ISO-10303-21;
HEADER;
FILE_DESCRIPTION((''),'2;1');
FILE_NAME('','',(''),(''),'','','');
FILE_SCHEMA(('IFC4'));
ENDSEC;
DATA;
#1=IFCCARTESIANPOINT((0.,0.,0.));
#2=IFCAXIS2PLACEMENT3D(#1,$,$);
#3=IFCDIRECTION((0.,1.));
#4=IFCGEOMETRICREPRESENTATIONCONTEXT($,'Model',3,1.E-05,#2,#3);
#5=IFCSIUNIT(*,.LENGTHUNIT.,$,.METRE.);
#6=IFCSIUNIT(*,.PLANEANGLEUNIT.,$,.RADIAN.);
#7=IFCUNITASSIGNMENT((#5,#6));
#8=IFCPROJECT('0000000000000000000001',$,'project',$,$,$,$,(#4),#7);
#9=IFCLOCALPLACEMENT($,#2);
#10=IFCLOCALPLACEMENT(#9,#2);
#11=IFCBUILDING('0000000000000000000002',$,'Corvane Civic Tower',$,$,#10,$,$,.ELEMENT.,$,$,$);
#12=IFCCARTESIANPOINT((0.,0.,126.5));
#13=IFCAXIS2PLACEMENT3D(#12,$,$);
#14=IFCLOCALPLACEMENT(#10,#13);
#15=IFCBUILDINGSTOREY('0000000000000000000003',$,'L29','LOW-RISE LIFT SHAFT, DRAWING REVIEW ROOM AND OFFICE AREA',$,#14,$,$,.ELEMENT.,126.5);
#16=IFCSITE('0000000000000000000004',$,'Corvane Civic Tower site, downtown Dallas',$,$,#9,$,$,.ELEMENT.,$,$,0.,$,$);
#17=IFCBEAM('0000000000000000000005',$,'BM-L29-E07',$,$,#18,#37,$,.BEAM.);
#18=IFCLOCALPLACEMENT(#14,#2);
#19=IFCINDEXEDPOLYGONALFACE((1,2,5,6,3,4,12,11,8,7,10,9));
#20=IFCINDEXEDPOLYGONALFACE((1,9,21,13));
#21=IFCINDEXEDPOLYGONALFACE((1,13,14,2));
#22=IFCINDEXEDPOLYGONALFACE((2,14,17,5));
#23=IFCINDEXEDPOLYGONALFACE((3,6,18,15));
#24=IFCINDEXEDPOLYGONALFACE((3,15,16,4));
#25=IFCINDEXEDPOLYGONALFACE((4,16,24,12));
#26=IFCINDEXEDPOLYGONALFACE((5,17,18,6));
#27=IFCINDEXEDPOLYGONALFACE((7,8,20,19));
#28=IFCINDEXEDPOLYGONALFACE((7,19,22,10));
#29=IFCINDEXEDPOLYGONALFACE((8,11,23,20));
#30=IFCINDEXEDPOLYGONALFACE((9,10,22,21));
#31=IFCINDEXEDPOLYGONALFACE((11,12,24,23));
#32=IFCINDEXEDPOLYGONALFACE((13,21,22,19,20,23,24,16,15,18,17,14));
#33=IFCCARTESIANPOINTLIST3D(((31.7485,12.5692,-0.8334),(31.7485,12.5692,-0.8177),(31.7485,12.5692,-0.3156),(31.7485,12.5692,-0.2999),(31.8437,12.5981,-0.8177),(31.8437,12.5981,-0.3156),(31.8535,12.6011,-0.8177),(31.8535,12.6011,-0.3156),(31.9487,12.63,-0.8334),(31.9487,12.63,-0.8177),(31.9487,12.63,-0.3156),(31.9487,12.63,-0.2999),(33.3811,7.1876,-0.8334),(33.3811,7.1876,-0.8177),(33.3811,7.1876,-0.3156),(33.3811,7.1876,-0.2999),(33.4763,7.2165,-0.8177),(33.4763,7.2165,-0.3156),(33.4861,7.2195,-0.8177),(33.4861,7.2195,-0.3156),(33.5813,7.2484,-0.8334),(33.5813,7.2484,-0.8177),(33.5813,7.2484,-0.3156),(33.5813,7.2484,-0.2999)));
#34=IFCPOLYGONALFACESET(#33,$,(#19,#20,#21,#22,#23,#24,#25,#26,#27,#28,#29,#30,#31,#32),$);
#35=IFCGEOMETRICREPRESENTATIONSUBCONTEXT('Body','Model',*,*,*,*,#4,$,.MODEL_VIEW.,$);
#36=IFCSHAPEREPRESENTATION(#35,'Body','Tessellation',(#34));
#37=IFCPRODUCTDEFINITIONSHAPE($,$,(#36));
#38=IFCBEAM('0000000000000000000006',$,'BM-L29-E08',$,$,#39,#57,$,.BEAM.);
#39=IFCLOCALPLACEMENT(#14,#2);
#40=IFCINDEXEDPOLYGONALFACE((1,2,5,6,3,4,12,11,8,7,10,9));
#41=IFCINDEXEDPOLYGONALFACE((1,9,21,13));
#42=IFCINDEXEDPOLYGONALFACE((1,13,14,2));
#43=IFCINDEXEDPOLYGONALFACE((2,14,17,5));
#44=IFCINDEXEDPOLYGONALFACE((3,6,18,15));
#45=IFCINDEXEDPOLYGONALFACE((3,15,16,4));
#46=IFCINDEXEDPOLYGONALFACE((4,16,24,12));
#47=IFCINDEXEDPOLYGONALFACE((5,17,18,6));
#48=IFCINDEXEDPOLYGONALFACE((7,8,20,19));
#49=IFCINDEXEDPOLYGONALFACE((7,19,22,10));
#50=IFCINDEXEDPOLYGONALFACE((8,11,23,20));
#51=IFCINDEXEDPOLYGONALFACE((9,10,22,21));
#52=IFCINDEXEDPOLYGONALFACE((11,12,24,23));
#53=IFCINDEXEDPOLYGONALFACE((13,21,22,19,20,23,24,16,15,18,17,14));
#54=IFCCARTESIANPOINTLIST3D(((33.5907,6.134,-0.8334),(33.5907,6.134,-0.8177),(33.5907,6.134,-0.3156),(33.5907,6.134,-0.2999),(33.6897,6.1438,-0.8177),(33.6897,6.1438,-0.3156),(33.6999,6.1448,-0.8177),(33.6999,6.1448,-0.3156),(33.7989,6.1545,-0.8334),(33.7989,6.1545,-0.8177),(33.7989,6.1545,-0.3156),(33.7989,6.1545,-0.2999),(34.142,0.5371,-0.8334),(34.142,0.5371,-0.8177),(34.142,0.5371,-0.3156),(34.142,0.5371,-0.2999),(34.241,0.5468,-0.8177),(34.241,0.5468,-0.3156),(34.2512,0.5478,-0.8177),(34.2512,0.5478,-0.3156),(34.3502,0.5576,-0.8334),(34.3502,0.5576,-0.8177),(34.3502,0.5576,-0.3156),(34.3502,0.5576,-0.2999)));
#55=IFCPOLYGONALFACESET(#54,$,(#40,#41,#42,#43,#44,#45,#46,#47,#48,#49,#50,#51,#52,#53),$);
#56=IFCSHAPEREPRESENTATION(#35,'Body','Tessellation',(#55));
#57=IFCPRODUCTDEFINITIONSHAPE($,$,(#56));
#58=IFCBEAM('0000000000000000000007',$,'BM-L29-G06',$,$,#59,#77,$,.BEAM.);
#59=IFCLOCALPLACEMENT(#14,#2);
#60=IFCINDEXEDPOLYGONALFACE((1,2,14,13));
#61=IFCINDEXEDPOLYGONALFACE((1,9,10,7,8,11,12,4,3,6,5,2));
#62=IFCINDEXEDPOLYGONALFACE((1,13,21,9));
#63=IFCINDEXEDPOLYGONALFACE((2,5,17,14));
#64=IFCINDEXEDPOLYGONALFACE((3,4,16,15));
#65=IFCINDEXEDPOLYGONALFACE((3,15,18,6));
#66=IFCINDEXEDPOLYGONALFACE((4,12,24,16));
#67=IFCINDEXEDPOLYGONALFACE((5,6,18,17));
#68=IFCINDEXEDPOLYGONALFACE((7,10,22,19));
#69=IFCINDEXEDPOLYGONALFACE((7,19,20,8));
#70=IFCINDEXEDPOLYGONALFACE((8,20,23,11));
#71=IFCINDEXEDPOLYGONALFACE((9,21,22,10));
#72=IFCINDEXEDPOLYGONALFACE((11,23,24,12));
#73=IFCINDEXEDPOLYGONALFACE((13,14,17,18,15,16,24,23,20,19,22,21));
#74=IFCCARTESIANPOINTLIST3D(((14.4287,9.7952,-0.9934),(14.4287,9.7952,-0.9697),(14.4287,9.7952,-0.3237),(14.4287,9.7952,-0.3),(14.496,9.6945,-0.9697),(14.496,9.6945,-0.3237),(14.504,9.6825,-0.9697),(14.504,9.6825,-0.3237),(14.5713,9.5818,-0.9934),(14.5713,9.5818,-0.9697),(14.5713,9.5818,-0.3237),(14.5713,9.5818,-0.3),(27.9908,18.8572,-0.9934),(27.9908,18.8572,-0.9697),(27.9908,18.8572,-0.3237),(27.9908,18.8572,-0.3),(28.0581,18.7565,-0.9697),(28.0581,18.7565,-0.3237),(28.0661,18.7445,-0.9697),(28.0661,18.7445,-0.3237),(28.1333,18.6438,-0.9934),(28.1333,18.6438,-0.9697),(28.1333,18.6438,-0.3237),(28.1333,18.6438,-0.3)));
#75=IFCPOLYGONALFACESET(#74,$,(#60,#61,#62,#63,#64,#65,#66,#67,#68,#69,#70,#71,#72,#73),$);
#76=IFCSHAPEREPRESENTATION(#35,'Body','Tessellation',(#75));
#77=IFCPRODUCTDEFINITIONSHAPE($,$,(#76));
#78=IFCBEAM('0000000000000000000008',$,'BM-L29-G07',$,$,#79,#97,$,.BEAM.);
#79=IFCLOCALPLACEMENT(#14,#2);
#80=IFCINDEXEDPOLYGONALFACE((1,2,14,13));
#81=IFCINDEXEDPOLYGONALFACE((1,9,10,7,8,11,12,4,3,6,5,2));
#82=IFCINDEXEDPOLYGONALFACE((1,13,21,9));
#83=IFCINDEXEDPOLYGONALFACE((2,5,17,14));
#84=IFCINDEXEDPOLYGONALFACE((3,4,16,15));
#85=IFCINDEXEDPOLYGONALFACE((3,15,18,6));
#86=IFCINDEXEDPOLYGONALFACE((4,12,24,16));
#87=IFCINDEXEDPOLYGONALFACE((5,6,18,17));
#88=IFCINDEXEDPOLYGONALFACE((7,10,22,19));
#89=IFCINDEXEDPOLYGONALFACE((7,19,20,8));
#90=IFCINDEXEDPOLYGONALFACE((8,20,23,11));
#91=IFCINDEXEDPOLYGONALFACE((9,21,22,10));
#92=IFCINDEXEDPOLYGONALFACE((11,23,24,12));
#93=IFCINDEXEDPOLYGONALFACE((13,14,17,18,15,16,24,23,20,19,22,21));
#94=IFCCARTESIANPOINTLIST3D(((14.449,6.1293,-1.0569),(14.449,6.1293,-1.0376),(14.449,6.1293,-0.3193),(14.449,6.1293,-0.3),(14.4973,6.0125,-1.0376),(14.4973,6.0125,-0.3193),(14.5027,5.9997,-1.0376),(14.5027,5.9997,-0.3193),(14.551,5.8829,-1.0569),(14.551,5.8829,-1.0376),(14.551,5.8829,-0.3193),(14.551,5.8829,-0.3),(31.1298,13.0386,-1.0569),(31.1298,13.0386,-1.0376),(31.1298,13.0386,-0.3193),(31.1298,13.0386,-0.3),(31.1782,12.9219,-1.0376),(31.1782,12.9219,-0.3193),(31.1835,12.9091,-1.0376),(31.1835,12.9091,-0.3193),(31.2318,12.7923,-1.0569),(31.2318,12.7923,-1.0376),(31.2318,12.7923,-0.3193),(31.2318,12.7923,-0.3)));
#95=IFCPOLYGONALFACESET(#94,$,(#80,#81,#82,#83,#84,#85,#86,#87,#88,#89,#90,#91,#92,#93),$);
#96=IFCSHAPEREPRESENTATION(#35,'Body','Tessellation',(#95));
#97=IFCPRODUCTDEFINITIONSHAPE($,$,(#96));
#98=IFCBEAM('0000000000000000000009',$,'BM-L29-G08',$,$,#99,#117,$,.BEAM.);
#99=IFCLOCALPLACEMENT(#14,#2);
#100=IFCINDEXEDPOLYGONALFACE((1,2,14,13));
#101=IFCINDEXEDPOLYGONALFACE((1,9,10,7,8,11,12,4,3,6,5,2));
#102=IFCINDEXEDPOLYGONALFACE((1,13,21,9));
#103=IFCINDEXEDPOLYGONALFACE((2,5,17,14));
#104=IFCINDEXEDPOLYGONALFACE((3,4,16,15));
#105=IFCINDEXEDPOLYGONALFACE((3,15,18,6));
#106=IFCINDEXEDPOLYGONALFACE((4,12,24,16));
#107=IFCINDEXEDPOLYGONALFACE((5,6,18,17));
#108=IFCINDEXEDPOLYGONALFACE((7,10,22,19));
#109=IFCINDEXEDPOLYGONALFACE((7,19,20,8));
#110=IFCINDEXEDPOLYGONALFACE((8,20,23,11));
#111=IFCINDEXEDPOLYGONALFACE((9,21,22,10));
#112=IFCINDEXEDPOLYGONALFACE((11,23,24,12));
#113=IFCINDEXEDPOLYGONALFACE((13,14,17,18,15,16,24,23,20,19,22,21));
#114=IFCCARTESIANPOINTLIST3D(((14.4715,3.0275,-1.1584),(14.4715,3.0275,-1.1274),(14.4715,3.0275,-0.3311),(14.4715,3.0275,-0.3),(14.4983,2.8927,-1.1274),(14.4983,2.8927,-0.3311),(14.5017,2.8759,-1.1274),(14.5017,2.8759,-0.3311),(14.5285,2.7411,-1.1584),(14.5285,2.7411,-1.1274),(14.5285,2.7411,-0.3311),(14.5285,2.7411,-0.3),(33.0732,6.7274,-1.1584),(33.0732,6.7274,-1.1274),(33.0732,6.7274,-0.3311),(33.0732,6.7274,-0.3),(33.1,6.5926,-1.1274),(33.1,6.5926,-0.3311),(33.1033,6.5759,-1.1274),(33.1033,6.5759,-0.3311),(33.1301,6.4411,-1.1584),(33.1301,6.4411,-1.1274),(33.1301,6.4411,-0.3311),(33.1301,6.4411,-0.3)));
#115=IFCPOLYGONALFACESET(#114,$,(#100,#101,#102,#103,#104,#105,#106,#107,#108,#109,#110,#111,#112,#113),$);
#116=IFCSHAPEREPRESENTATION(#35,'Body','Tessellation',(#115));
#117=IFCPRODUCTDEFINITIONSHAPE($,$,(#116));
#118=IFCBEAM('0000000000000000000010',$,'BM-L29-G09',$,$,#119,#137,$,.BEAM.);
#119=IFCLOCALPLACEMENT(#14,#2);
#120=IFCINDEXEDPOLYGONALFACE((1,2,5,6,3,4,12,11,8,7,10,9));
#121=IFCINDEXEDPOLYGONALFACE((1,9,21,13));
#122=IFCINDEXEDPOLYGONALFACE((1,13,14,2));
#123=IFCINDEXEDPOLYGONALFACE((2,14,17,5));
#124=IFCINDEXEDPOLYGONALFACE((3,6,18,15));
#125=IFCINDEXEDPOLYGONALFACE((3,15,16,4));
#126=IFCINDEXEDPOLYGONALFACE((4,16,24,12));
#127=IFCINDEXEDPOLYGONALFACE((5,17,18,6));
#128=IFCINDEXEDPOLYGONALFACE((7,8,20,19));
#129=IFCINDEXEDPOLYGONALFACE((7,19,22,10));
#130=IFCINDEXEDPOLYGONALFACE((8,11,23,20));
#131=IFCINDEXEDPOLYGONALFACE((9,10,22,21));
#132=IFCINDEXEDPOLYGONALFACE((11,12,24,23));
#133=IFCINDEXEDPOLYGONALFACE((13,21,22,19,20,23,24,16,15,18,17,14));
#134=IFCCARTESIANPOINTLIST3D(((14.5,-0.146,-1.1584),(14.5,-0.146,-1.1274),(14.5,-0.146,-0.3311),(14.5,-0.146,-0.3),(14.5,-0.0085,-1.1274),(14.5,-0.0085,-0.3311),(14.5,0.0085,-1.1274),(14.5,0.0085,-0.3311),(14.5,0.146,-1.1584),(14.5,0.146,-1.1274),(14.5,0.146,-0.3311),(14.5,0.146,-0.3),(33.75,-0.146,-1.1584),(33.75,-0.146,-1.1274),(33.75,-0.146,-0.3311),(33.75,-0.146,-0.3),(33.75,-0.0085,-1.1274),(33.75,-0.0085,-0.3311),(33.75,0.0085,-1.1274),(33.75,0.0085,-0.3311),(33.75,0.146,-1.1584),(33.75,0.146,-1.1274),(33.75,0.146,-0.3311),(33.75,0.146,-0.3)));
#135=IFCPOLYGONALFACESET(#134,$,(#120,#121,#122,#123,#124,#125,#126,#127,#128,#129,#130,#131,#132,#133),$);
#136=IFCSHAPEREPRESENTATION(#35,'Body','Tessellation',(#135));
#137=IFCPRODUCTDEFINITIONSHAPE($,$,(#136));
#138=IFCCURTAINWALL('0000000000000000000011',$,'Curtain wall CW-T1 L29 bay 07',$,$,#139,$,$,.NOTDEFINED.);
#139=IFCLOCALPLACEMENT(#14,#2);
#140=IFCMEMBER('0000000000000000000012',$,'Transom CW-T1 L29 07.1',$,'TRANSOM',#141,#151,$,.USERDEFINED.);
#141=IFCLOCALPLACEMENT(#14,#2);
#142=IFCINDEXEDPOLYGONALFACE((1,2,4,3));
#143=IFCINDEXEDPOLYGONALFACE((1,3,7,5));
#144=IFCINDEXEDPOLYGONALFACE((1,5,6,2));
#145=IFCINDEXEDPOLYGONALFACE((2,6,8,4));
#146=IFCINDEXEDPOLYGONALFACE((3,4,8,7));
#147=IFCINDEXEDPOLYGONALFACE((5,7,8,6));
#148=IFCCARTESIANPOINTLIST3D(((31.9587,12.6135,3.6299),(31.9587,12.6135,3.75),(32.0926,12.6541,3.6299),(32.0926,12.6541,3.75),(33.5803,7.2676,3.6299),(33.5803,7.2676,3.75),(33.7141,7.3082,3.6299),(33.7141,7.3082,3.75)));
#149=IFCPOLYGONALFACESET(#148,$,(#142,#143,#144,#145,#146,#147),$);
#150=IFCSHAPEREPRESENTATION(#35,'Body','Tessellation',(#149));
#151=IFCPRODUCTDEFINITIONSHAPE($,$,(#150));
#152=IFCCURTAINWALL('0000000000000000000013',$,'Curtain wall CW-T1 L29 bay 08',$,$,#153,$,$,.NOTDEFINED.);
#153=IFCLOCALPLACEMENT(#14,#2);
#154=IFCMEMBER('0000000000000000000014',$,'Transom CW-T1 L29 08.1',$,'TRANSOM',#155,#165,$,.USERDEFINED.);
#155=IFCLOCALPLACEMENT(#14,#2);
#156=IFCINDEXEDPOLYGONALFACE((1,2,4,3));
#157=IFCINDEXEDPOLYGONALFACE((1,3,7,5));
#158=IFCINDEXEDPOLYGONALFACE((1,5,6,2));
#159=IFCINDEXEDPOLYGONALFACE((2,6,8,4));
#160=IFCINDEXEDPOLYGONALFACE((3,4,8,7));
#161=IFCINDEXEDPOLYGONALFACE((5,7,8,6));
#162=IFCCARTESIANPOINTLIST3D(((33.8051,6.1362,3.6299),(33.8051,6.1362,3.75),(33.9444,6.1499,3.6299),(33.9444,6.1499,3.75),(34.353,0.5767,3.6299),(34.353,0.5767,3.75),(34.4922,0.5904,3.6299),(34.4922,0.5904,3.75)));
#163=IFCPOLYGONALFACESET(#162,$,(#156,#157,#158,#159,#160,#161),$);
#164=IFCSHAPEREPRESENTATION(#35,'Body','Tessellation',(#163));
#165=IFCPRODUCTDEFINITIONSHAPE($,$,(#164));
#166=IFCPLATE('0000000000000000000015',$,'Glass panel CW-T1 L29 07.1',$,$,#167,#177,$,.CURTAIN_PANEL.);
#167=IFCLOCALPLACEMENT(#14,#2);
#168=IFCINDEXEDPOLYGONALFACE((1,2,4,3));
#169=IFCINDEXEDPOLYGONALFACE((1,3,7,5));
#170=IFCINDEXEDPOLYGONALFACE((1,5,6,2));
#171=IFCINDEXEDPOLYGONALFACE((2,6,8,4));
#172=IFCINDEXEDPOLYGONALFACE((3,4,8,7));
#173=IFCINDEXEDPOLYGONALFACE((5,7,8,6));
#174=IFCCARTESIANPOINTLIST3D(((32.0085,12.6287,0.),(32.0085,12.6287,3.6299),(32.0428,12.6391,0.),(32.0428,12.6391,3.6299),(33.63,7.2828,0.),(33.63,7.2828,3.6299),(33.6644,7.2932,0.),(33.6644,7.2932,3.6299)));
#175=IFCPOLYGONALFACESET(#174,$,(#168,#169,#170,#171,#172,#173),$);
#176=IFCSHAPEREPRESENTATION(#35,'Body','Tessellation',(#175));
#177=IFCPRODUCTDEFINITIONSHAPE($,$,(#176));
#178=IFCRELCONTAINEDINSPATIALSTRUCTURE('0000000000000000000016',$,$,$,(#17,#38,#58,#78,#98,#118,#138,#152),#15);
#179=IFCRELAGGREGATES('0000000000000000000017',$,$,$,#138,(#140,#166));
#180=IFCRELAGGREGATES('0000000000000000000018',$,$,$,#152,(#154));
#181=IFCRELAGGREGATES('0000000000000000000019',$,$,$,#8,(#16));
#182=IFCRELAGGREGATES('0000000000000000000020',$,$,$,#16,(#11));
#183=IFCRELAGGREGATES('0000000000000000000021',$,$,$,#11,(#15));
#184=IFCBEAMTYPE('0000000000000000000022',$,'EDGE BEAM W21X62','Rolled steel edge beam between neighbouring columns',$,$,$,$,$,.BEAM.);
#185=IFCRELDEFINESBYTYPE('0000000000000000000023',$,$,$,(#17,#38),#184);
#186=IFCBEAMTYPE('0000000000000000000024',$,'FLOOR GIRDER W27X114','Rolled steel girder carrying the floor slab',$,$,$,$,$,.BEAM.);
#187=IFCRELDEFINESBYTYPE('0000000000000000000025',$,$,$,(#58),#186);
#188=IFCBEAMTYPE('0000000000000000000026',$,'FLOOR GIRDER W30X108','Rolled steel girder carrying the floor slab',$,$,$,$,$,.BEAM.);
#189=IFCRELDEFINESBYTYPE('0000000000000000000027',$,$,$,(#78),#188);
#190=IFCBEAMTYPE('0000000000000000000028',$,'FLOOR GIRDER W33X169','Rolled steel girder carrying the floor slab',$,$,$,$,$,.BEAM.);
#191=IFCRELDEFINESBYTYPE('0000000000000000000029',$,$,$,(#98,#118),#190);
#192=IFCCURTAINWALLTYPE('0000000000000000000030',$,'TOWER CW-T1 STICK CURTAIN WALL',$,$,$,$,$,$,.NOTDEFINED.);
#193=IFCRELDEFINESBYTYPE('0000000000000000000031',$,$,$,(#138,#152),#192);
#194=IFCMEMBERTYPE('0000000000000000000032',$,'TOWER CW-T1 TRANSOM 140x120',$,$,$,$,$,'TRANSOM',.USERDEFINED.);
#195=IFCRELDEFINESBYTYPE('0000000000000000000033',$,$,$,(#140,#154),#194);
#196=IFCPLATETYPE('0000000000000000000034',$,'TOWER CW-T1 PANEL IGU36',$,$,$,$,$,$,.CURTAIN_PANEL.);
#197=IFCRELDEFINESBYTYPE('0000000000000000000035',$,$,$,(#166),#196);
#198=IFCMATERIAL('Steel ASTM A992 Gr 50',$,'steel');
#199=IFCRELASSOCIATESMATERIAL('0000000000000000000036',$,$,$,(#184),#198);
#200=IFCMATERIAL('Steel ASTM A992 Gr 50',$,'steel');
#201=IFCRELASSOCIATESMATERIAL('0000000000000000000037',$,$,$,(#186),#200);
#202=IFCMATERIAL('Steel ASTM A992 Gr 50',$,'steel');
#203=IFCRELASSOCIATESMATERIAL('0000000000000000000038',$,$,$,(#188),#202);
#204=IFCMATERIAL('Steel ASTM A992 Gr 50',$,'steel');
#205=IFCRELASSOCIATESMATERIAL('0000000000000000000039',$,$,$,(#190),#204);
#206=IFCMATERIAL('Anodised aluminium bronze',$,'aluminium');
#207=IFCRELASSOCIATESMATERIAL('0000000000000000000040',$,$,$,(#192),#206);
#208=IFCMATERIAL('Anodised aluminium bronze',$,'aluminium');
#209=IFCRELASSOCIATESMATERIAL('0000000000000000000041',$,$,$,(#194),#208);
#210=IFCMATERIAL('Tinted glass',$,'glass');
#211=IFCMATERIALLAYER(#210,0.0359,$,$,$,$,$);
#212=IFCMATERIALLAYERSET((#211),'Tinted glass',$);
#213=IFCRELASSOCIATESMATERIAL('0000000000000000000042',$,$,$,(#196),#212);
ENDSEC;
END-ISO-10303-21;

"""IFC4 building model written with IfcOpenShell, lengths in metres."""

from ifc_helpers import new_model, si_unit, direction, frame, origin, origin_2d, place, context, subcontext, project, spatial, rectangle, i_section, extrude, material, layer, layer_set, material_profile, profile_set, type_object, element, aggregate, save


model = new_model("IFC4")

# Units and contexts
model_context = context("Model", 3, precision=1e-05, world=origin(), true_north=direction((0.0, 1.0)))
body_context = subcontext(model_context, "Body", "Model", "MODEL_VIEW")
ifc_project = project(units=[si_unit("LENGTHUNIT", "METRE"), si_unit("PLANEANGLEUNIT", "RADIAN")], contexts=[model_context])

# Site, building, storey
site_placement = place(None, origin())
site = spatial("IfcSite", under=ifc_project, at=site_placement, Name="Corvane Civic Tower site, downtown Dallas", CompositionType="ELEMENT", RefElevation=0.0)
building_placement = place(site_placement, origin())
building = spatial("IfcBuilding", under=site, at=building_placement, Name="Corvane Civic Tower", CompositionType="ELEMENT")
storey_placement = place(building_placement, frame((0.0, 0.0, 126.5)))
storey = spatial("IfcBuildingStorey", under=building, at=storey_placement, Name="L29", Description="LOW-RISE LIFT SHAFT, DRAWING REVIEW ROOM AND OFFICE AREA", CompositionType="ELEMENT", Elevation=126.5)

# Beams
ifc_material_1 = material(Name="Steel ASTM A992 Gr 50", Category="steel")
ifc_material_profile_1 = material_profile(ifc_material_1, i_section(OverallWidth=0.2092, OverallDepth=0.5334, WebThickness=0.0103, FlangeThickness=0.0156, at=origin_2d()), Name="W21X62")
ifc_profile_set_1 = profile_set([ifc_material_profile_1], Name="Steel ASTM A992 Gr 50")
beam_type_1 = type_object("IfcBeamType", Name="EDGE BEAM W21X62", Description="Rolled steel edge beam between neighbouring columns", PredefinedType="BEAM", material=ifc_profile_set_1)
beam_1_placement = place(storey_placement, frame((31.8486, 12.5996, -0.5667), z_axis=(0.290298, -0.956936, 0.0), x_axis=(0.956936, 0.290298, 0.0)))
element("IfcBeam", 1, at=beam_1_placement, inside=storey, type_object=beam_type_1, Name="BM-L29-E07", PredefinedType="BEAM", context=body_context, shape_type="SweptSolid", body=[
    extrude(i_section(OverallWidth=0.2092, OverallDepth=0.5334, WebThickness=0.0103, FlangeThickness=0.0156, at=origin_2d()), origin(), (0.0, 0.0, 1.0), 5.6238),
])
beam_2_placement = place(storey_placement, frame((33.6948, 6.1443, -0.5667), z_axis=(0.098021, -0.995184, 0.0), x_axis=(0.995184, 0.098021, 0.0)))
element("IfcBeam", 2, at=beam_2_placement, inside=storey, type_object=beam_type_1, Name="BM-L29-E08", PredefinedType="BEAM", context=body_context, shape_type="SweptSolid", body=[
    extrude(i_section(OverallWidth=0.2092, OverallDepth=0.5334, WebThickness=0.0103, FlangeThickness=0.0156, at=origin_2d()), origin(), (0.0, 0.0, 1.0), 5.624),
])
ifc_material_2 = material(Name="Steel ASTM A992 Gr 50", Category="steel")
ifc_material_profile_2 = material_profile(ifc_material_2, i_section(OverallWidth=0.2566, OverallDepth=0.6934, WebThickness=0.0144, FlangeThickness=0.0237, at=origin_2d()), Name="W27X114")
ifc_profile_set_2 = profile_set([ifc_material_profile_2], Name="Steel ASTM A992 Gr 50")
beam_type_2 = type_object("IfcBeamType", Name="FLOOR GIRDER W27X114", Description="Rolled steel girder carrying the floor slab", PredefinedType="BEAM", material=ifc_profile_set_2)
beam_3_placement = place(storey_placement, frame((14.5, 9.6885, -0.6467), z_axis=(0.831465, 0.555577, 0.0), x_axis=(-0.555577, 0.831465, 0.0)))
element("IfcBeam", 3, at=beam_3_placement, inside=storey, type_object=beam_type_2, Name="BM-L29-G06", PredefinedType="BEAM", context=body_context, shape_type="SweptSolid", body=[
    extrude(i_section(OverallWidth=0.2566, OverallDepth=0.6934, WebThickness=0.0144, FlangeThickness=0.0237, at=origin_2d()), origin(), (0.0, 0.0, 1.0), 16.311),
])
ifc_material_3 = material(Name="Steel ASTM A992 Gr 50", Category="steel")
ifc_material_profile_3 = material_profile(ifc_material_3, i_section(OverallWidth=0.2666, OverallDepth=0.7568, WebThickness=0.0139, FlangeThickness=0.0193, at=origin_2d()), Name="W30X108")
ifc_profile_set_3 = profile_set([ifc_material_profile_3], Name="Steel ASTM A992 Gr 50")
beam_type_3 = type_object("IfcBeamType", Name="FLOOR GIRDER W30X108", Description="Rolled steel girder carrying the floor slab", PredefinedType="BEAM", material=ifc_profile_set_3)
beam_4_placement = place(storey_placement, frame((14.5, 6.0061, -0.6785), z_axis=(0.92388, 0.382682, 0.0), x_axis=(-0.382682, 0.92388, 0.0)))
element("IfcBeam", 4, at=beam_4_placement, inside=storey, type_object=beam_type_3, Name="BM-L29-G07", PredefinedType="BEAM", context=body_context, shape_type="SweptSolid", body=[
    extrude(i_section(OverallWidth=0.2666, OverallDepth=0.7568, WebThickness=0.0139, FlangeThickness=0.0193, at=origin_2d()), origin(), (0.0, 0.0, 1.0), 18.0552),
])
ifc_material_4 = material(Name="Steel ASTM A992 Gr 50", Category="steel")
ifc_material_profile_4 = material_profile(ifc_material_4, i_section(OverallWidth=0.292, OverallDepth=0.8584, WebThickness=0.0171, FlangeThickness=0.031, at=origin_2d()), Name="W33X169")
ifc_profile_set_4 = profile_set([ifc_material_profile_4], Name="Steel ASTM A992 Gr 50")
beam_type_4 = type_object("IfcBeamType", Name="FLOOR GIRDER W33X169", Description="Rolled steel girder carrying the floor slab", PredefinedType="BEAM", material=ifc_profile_set_4)
beam_5_placement = place(storey_placement, frame((14.5, 2.8843, -0.7292), z_axis=(0.980787, 0.195084, 0.0), x_axis=(-0.195084, 0.980787, 0.0)))
element("IfcBeam", 5, at=beam_5_placement, inside=storey, type_object=beam_type_4, Name="BM-L29-G08", PredefinedType="BEAM", context=body_context, shape_type="SweptSolid", body=[
    extrude(i_section(OverallWidth=0.292, OverallDepth=0.8584, WebThickness=0.0171, FlangeThickness=0.031, at=origin_2d()), origin(), (0.0, 0.0, 1.0), 18.9661),
])
beam_6_placement = place(storey_placement, frame((14.5, 0.0, -0.7292), z_axis=(1.0, 0.0, 0.0), x_axis=(0.0, 1.0, 0.0)))
element("IfcBeam", 6, at=beam_6_placement, inside=storey, type_object=beam_type_4, Name="BM-L29-G09", PredefinedType="BEAM", context=body_context, shape_type="SweptSolid", body=[
    extrude(i_section(OverallWidth=0.292, OverallDepth=0.8584, WebThickness=0.0171, FlangeThickness=0.031, at=origin_2d()), origin(), (0.0, 0.0, 1.0), 19.25),
])

# Curtain walls, members
ifc_material_5 = material(Name="Anodised aluminium bronze", Category="aluminium")
curtain_wall_type = type_object("IfcCurtainWallType", Name="TOWER CW-T1 STICK CURTAIN WALL", PredefinedType="NOTDEFINED", material=ifc_material_5)
curtain_wall_1_placement = place(storey_placement, origin())
curtain_wall_1 = element("IfcCurtainWall", 7, at=curtain_wall_1_placement, inside=storey, type_object=curtain_wall_type, Name="Curtain wall CW-T1 L29 bay 07", PredefinedType="NOTDEFINED")
ifc_material_6 = material(Name="Anodised aluminium bronze", Category="aluminium")
ifc_material_profile_5 = material_profile(ifc_material_6, rectangle(XDim=0.1399, YDim=0.1201, at=origin_2d()), Name="TOWER CW-T1 TRANSOM 140x120")
ifc_profile_set_5 = profile_set([ifc_material_profile_5], Name="Anodised aluminium bronze")
member_type = type_object("IfcMemberType", Name="TOWER CW-T1 TRANSOM 140x120", ElementType="TRANSOM", PredefinedType="USERDEFINED", material=ifc_profile_set_5)
member_1_placement = place(storey_placement, frame((32.0256, 12.6338, 3.6899), z_axis=(0.290269, -0.956945, 0.0), x_axis=(0.956945, 0.290269, 0.0)))
member_1 = element("IfcMember", 8, at=member_1_placement, type_object=member_type, Name="Transom CW-T1 L29 07.1", ObjectType="TRANSOM", PredefinedType="USERDEFINED", context=body_context, shape_type="SweptSolid", body=[
    extrude(rectangle(XDim=0.1399, YDim=0.1201, at=origin_2d()), origin(), (0.0, 0.0, 1.0), 5.5864),
])
curtain_wall_2_placement = place(storey_placement, origin())
curtain_wall_2 = element("IfcCurtainWall", 9, at=curtain_wall_2_placement, inside=storey, type_object=curtain_wall_type, Name="Curtain wall CW-T1 L29 bay 08", PredefinedType="NOTDEFINED")
member_2_placement = place(storey_placement, frame((33.8748, 6.1431, 3.6899), z_axis=(0.098067, -0.99518, 0.0), x_axis=(0.99518, 0.098067, 0.0)))
member_2 = element("IfcMember", 10, at=member_2_placement, type_object=member_type, Name="Transom CW-T1 L29 08.1", ObjectType="TRANSOM", PredefinedType="USERDEFINED", context=body_context, shape_type="SweptSolid", body=[
    extrude(rectangle(XDim=0.1399, YDim=0.1201, at=origin_2d()), origin(), (0.0, 0.0, 1.0), 5.5864),
])

# Plate
ifc_material_7 = material(Name="Tinted glass", Category="glass")
ifc_layer_1 = layer(ifc_material_7, 0.0359)
ifc_layer_set_1 = layer_set([ifc_layer_1], Name="Tinted glass")
plate_type = type_object("IfcPlateType", Name="TOWER CW-T1 PANEL IGU36", PredefinedType="CURTAIN_PANEL", material=ifc_layer_set_1)
plate_1_placement = place(storey_placement, frame((32.8364, 9.9609, 0.0), z_axis=(0.0, 0.0, 1.0), x_axis=(0.290266, -0.956946, 0.0)))
plate_1 = element("IfcPlate", 11, at=plate_1_placement, type_object=plate_type, Name="Glass panel CW-T1 L29 07.1", PredefinedType="CURTAIN_PANEL", context=body_context, shape_type="SweptSolid", body=[
    extrude(rectangle(XDim=5.5864, YDim=0.0359, at=origin_2d()), origin(), (0.0, 0.0, 1.0), 3.6299),
])
aggregate(curtain_wall_1, [member_1, plate_1])
aggregate(curtain_wall_2, [member_2])

save(model, "model.ifc")
